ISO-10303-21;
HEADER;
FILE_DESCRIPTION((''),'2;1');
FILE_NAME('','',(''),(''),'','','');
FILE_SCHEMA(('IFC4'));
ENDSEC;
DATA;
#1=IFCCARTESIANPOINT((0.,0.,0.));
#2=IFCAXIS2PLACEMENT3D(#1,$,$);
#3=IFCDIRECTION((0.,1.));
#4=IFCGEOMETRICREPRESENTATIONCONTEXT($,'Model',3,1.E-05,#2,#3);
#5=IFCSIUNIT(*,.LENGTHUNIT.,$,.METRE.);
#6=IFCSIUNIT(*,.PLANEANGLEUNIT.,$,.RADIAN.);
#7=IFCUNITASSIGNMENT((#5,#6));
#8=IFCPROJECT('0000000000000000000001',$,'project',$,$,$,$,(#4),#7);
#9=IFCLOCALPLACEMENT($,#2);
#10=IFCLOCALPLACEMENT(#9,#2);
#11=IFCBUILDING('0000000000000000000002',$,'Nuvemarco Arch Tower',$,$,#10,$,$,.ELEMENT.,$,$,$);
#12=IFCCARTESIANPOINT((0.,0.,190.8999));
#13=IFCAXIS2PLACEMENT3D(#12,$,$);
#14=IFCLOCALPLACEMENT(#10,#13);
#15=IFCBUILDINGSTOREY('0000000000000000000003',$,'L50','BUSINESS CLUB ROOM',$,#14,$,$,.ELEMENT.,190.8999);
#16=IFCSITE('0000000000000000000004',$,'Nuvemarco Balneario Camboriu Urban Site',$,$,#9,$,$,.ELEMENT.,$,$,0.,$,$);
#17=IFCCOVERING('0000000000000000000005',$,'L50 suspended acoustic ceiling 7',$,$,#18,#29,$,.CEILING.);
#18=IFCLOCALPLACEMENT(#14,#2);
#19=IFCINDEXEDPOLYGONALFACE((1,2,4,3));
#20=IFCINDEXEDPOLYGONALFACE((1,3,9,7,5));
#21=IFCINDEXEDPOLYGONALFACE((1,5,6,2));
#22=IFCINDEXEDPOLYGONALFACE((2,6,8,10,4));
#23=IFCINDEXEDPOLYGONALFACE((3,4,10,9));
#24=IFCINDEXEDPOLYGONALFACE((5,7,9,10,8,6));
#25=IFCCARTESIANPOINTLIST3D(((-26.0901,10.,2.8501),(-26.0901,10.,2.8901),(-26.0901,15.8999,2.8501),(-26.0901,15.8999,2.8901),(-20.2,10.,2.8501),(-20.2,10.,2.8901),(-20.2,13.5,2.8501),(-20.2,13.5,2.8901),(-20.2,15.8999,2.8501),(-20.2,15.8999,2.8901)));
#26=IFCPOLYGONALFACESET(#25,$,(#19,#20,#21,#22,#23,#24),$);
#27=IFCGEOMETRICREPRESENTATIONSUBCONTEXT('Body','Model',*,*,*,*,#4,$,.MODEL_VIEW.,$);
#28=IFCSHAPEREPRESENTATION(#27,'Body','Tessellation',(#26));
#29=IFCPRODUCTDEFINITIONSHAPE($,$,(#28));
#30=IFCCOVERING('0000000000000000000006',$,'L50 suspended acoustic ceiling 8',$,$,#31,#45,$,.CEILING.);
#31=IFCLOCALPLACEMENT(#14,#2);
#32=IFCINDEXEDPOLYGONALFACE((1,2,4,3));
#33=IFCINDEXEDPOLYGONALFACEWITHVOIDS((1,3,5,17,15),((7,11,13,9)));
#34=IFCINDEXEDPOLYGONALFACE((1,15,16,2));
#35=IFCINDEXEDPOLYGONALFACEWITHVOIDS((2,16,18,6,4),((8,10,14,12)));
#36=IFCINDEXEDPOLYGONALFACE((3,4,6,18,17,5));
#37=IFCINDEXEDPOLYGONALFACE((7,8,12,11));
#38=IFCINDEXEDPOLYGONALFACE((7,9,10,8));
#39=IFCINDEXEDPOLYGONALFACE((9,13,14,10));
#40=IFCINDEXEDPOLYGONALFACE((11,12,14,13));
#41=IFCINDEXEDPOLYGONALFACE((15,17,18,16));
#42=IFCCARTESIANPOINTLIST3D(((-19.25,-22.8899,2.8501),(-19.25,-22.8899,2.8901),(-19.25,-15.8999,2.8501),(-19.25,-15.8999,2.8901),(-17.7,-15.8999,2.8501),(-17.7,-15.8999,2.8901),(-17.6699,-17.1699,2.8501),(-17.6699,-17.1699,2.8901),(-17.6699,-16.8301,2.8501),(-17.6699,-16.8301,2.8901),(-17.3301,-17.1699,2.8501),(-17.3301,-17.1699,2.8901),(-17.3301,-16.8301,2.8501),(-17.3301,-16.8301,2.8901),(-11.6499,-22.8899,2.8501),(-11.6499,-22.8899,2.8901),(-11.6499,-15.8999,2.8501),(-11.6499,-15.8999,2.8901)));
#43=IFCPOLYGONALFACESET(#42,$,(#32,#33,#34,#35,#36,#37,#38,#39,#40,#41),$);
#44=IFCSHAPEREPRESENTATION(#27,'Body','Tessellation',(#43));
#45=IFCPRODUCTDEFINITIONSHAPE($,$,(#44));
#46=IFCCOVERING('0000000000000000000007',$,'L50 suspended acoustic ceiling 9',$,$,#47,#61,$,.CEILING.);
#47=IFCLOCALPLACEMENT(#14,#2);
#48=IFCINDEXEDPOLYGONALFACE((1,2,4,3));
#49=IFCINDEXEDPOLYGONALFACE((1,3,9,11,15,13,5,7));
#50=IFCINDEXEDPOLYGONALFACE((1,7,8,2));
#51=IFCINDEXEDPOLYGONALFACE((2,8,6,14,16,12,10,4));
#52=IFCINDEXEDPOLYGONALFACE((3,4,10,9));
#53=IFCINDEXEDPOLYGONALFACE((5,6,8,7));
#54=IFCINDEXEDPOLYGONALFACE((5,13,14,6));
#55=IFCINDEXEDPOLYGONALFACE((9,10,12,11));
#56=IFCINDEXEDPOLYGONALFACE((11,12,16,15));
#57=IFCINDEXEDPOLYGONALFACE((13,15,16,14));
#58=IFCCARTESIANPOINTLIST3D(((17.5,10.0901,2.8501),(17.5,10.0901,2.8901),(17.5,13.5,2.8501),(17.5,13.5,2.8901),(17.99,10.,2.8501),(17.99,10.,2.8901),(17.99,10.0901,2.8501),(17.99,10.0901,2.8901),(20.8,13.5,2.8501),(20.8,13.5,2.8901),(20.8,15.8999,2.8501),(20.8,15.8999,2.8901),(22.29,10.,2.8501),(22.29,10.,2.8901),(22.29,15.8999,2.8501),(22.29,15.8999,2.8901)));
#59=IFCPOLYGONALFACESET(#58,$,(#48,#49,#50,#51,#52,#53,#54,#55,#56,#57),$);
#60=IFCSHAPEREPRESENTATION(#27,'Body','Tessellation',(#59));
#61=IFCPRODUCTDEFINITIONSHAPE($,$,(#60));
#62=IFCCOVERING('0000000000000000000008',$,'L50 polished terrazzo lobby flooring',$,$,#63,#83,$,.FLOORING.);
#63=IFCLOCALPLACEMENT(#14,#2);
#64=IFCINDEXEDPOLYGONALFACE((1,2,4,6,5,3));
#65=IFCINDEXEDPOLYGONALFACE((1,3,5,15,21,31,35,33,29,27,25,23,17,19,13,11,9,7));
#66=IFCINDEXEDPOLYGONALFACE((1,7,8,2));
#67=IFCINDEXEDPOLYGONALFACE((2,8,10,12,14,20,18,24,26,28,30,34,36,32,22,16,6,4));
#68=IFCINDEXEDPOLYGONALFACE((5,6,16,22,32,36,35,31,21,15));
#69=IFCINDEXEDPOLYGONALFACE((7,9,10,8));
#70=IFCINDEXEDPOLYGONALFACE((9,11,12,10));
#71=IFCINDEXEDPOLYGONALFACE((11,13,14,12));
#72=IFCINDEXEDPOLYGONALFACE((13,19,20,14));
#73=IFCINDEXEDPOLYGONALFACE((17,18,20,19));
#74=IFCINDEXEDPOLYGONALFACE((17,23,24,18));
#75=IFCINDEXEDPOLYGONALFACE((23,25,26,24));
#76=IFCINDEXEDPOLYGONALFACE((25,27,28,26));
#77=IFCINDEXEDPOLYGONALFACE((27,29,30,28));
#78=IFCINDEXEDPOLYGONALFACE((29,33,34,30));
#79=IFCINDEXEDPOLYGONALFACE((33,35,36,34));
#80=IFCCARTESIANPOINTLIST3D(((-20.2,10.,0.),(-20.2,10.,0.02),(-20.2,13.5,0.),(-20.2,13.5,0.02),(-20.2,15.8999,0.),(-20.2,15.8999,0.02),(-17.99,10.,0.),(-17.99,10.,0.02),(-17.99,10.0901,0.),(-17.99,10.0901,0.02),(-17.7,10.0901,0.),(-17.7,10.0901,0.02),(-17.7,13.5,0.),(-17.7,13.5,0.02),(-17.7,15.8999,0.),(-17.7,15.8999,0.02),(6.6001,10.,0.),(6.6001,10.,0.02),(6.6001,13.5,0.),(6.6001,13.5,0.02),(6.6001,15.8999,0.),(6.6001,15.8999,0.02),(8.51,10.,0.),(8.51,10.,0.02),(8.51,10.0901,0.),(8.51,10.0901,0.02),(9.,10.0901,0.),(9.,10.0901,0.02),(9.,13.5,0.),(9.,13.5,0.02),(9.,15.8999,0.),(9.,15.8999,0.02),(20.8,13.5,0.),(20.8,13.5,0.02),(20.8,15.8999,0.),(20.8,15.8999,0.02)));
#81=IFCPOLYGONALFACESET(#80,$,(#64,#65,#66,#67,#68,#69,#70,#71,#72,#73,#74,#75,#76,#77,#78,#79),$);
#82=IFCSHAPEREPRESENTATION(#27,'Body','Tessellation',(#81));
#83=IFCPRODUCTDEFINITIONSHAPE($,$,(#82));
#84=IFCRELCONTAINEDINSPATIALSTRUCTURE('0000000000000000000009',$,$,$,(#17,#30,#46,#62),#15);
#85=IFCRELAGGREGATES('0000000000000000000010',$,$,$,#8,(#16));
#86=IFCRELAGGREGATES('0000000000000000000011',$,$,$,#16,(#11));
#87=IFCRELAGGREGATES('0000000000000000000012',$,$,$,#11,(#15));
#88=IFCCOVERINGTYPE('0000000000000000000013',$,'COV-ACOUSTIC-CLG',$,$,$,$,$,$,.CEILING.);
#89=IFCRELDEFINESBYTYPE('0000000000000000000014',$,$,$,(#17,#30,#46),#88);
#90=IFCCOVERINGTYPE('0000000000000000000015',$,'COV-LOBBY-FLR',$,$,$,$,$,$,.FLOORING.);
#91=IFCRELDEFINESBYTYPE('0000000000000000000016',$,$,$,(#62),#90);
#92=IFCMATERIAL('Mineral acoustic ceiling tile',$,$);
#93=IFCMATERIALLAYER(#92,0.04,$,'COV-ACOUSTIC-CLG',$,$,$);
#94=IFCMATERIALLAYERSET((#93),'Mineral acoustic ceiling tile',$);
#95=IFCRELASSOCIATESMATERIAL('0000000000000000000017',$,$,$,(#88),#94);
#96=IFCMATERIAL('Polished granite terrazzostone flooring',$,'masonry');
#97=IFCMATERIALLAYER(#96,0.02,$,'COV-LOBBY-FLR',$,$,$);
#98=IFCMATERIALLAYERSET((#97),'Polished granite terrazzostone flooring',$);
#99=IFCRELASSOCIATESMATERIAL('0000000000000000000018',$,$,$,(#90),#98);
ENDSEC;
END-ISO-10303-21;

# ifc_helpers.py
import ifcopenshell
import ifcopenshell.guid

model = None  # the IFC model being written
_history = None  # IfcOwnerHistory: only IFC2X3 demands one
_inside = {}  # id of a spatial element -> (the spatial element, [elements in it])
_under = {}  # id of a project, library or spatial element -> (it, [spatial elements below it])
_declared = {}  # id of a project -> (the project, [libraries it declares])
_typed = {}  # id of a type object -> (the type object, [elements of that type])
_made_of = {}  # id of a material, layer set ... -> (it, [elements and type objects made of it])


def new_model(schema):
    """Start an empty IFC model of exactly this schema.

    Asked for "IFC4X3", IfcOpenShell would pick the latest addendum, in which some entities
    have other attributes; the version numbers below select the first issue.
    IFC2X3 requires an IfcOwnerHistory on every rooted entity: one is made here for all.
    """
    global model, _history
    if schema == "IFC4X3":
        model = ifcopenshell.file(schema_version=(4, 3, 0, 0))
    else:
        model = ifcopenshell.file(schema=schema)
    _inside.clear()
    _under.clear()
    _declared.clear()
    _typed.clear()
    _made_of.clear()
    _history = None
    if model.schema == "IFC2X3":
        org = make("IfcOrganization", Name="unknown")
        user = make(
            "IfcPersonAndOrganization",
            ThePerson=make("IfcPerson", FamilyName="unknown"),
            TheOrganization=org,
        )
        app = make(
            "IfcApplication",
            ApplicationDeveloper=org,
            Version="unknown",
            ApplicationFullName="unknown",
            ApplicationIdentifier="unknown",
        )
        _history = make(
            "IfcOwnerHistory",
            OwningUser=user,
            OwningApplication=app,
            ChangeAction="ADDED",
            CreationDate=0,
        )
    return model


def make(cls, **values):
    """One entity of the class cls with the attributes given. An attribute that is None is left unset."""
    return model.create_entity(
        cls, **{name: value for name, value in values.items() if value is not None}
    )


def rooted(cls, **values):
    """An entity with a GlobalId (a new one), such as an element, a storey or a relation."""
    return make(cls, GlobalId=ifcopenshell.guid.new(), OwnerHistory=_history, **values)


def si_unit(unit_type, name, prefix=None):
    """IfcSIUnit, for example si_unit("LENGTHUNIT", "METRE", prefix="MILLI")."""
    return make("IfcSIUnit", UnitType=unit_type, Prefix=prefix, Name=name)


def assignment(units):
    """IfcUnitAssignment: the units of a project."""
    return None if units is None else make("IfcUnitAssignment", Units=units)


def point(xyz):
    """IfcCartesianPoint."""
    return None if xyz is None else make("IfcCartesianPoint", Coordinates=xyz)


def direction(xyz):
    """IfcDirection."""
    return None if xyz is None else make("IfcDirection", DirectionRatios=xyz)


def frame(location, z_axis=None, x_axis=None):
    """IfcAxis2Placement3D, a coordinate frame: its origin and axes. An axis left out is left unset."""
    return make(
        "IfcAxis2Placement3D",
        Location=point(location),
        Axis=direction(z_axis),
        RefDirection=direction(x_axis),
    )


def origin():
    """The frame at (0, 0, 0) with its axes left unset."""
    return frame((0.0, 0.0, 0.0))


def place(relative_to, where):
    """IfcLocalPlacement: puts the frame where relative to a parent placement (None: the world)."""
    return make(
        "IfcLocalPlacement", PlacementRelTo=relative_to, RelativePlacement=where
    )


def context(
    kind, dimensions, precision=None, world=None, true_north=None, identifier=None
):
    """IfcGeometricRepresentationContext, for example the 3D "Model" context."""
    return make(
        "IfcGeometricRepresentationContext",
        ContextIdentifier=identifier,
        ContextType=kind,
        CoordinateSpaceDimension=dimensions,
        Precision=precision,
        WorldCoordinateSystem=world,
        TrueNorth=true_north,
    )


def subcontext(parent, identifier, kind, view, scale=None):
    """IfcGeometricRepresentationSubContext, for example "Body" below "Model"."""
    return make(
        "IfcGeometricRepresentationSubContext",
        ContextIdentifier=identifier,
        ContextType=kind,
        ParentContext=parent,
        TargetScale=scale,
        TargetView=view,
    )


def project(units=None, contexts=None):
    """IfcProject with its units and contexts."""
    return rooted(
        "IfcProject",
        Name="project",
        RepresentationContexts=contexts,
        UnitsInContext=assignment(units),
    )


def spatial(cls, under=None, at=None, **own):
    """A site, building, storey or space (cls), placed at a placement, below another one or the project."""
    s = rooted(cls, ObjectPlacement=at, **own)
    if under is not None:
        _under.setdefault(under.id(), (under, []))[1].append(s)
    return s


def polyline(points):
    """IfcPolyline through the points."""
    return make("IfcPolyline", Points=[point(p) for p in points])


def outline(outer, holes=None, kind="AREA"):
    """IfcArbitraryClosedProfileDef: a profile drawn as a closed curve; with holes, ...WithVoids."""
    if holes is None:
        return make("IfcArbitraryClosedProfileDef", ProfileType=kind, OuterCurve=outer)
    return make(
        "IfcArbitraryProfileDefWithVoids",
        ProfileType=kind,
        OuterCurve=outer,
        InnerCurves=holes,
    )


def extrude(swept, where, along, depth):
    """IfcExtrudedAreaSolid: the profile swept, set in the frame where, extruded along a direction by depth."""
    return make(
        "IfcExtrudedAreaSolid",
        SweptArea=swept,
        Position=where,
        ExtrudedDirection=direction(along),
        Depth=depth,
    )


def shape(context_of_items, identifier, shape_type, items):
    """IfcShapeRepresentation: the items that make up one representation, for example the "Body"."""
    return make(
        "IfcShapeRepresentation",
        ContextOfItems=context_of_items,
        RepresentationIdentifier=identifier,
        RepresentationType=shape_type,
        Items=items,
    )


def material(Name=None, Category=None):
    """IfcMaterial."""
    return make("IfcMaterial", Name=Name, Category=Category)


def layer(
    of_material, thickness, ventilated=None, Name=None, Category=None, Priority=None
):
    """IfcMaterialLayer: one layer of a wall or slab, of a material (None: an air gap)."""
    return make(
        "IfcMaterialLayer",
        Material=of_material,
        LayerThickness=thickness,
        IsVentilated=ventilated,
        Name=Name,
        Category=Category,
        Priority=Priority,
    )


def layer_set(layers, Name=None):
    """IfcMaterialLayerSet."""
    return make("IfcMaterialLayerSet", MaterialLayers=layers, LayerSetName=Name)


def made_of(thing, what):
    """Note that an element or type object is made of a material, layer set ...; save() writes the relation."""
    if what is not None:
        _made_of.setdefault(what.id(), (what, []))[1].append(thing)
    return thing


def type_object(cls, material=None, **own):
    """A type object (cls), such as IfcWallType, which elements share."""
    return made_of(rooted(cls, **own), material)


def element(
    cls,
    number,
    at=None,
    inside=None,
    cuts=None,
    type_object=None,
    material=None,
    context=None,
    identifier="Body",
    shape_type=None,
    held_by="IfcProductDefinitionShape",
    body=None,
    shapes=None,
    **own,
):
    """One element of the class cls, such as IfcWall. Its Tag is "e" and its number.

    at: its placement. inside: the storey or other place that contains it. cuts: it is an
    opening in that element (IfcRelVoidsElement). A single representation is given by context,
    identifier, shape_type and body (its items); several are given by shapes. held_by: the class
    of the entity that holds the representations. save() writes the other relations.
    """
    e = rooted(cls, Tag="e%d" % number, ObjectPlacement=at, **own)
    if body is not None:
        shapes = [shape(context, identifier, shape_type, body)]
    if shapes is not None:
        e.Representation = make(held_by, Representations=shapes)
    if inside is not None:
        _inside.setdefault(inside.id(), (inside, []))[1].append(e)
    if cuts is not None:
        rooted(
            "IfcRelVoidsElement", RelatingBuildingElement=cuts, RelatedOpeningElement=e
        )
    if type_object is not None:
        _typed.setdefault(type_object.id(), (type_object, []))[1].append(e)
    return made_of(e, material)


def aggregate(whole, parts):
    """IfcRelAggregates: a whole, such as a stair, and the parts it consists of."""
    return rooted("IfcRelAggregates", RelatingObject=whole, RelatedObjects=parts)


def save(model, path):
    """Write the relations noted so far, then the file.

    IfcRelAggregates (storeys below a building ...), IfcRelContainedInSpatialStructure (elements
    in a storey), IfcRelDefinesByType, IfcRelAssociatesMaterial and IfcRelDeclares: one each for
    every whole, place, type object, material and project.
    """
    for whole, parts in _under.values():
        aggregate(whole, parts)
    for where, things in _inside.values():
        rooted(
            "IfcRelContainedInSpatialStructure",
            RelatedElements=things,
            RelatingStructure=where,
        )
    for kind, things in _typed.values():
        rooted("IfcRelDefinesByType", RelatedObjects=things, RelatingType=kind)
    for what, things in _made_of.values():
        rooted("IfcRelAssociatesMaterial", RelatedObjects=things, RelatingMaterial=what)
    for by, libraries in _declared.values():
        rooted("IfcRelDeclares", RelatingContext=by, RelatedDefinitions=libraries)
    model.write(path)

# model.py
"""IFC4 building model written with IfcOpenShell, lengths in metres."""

from ifc_helpers import new_model, si_unit, direction, frame, origin, place, context, subcontext, project, spatial, polyline, outline, extrude, material, layer, layer_set, type_object, element, save


model = new_model("IFC4")

# Units and contexts
model_context = context("Model", 3, precision=1e-05, world=origin(), true_north=direction((0.0, 1.0)))
body_context = subcontext(model_context, "Body", "Model", "MODEL_VIEW")
ifc_project = project(units=[si_unit("LENGTHUNIT", "METRE"), si_unit("PLANEANGLEUNIT", "RADIAN")], contexts=[model_context])

# Site, building, storey
site_placement = place(None, origin())
site = spatial("IfcSite", under=ifc_project, at=site_placement, Name="Nuvemarco Balneario Camboriu Urban Site", CompositionType="ELEMENT", RefElevation=0.0)
building_placement = place(site_placement, origin())
building = spatial("IfcBuilding", under=site, at=building_placement, Name="Nuvemarco Arch Tower", CompositionType="ELEMENT")
storey_placement = place(building_placement, frame((0.0, 0.0, 190.8999)))
storey = spatial("IfcBuildingStorey", under=building, at=storey_placement, Name="L50", Description="BUSINESS CLUB ROOM", CompositionType="ELEMENT", Elevation=190.8999)

# Coverings
ifc_material_1 = material(Name="Mineral acoustic ceiling tile")
ifc_layer_1 = layer(ifc_material_1, 0.04, Name="COV-ACOUSTIC-CLG")
ifc_layer_set_1 = layer_set([ifc_layer_1], Name="Mineral acoustic ceiling tile")
covering_type_1 = type_object("IfcCoveringType", Name="COV-ACOUSTIC-CLG", PredefinedType="CEILING", material=ifc_layer_set_1)
covering_1_placement = place(storey_placement, frame((0.0, 0.0, 2.8501)))
element("IfcCovering", 1, at=covering_1_placement, inside=storey, type_object=covering_type_1, Name="L50 suspended acoustic ceiling 7", PredefinedType="CEILING", context=body_context, shape_type="SweptSolid", body=[
    extrude(outline(polyline([(-20.2, 10.0), (-26.0901, 10.0), (-26.0901, 15.8999), (-20.2, 15.8999), (-20.2, 13.5), (-20.2, 10.0)])), origin(), (0.0, 0.0, 1.0), 0.04),
])
covering_2_placement = place(storey_placement, frame((0.0, 0.0, 2.8501)))
element("IfcCovering", 2, at=covering_2_placement, inside=storey, type_object=covering_type_1, Name="L50 suspended acoustic ceiling 8", PredefinedType="CEILING", context=body_context, shape_type="SweptSolid", body=[
    extrude(outline(polyline([(-11.6499, -22.8899), (-19.25, -22.8899), (-19.25, -15.8999), (-17.7, -15.8999), (-11.6499, -15.8999), (-11.6499, -22.8899)]), holes=[polyline([(-17.3301, -16.8301), (-17.6699, -16.8301), (-17.6699, -17.1699), (-17.3301, -17.1699), (-17.3301, -16.8301)])]), origin(), (0.0, 0.0, 1.0), 0.04),
])
covering_3_placement = place(storey_placement, frame((0.0, 0.0, 2.8501)))
element("IfcCovering", 3, at=covering_3_placement, inside=storey, type_object=covering_type_1, Name="L50 suspended acoustic ceiling 9", PredefinedType="CEILING", context=body_context, shape_type="SweptSolid", body=[
    extrude(outline(polyline([(17.99, 10.0901), (17.5, 10.0901), (17.5, 13.5), (20.8, 13.5), (20.8, 15.8999), (22.29, 15.8999), (22.29, 10.0), (17.99, 10.0), (17.99, 10.0901)])), origin(), (0.0, 0.0, 1.0), 0.04),
])
ifc_material_2 = material(Name="Polished granite terrazzostone flooring", Category="masonry")
ifc_layer_2 = layer(ifc_material_2, 0.02, Name="COV-LOBBY-FLR")
ifc_layer_set_2 = layer_set([ifc_layer_2], Name="Polished granite terrazzostone flooring")
covering_type_2 = type_object("IfcCoveringType", Name="COV-LOBBY-FLR", PredefinedType="FLOORING", material=ifc_layer_set_2)
covering_4_placement = place(storey_placement, origin())
element("IfcCovering", 4, at=covering_4_placement, inside=storey, type_object=covering_type_2, Name="L50 polished terrazzo lobby flooring", PredefinedType="FLOORING", context=body_context, shape_type="SweptSolid", body=[
    extrude(outline(polyline([(-20.2, 13.5), (-20.2, 15.8999), (-17.7, 15.8999), (6.6001, 15.8999), (9.0, 15.8999), (20.8, 15.8999), (20.8, 13.5), (9.0, 13.5), (9.0, 10.0901), (8.51, 10.0901), (8.51, 10.0), (6.6001, 10.0), (6.6001, 13.5), (-17.7, 13.5), (-17.7, 10.0901), (-17.99, 10.0901), (-17.99, 10.0), (-20.2, 10.0), (-20.2, 13.5)])), origin(), (0.0, 0.0, 1.0), 0.02),
])

save(model, "model.ifc")
